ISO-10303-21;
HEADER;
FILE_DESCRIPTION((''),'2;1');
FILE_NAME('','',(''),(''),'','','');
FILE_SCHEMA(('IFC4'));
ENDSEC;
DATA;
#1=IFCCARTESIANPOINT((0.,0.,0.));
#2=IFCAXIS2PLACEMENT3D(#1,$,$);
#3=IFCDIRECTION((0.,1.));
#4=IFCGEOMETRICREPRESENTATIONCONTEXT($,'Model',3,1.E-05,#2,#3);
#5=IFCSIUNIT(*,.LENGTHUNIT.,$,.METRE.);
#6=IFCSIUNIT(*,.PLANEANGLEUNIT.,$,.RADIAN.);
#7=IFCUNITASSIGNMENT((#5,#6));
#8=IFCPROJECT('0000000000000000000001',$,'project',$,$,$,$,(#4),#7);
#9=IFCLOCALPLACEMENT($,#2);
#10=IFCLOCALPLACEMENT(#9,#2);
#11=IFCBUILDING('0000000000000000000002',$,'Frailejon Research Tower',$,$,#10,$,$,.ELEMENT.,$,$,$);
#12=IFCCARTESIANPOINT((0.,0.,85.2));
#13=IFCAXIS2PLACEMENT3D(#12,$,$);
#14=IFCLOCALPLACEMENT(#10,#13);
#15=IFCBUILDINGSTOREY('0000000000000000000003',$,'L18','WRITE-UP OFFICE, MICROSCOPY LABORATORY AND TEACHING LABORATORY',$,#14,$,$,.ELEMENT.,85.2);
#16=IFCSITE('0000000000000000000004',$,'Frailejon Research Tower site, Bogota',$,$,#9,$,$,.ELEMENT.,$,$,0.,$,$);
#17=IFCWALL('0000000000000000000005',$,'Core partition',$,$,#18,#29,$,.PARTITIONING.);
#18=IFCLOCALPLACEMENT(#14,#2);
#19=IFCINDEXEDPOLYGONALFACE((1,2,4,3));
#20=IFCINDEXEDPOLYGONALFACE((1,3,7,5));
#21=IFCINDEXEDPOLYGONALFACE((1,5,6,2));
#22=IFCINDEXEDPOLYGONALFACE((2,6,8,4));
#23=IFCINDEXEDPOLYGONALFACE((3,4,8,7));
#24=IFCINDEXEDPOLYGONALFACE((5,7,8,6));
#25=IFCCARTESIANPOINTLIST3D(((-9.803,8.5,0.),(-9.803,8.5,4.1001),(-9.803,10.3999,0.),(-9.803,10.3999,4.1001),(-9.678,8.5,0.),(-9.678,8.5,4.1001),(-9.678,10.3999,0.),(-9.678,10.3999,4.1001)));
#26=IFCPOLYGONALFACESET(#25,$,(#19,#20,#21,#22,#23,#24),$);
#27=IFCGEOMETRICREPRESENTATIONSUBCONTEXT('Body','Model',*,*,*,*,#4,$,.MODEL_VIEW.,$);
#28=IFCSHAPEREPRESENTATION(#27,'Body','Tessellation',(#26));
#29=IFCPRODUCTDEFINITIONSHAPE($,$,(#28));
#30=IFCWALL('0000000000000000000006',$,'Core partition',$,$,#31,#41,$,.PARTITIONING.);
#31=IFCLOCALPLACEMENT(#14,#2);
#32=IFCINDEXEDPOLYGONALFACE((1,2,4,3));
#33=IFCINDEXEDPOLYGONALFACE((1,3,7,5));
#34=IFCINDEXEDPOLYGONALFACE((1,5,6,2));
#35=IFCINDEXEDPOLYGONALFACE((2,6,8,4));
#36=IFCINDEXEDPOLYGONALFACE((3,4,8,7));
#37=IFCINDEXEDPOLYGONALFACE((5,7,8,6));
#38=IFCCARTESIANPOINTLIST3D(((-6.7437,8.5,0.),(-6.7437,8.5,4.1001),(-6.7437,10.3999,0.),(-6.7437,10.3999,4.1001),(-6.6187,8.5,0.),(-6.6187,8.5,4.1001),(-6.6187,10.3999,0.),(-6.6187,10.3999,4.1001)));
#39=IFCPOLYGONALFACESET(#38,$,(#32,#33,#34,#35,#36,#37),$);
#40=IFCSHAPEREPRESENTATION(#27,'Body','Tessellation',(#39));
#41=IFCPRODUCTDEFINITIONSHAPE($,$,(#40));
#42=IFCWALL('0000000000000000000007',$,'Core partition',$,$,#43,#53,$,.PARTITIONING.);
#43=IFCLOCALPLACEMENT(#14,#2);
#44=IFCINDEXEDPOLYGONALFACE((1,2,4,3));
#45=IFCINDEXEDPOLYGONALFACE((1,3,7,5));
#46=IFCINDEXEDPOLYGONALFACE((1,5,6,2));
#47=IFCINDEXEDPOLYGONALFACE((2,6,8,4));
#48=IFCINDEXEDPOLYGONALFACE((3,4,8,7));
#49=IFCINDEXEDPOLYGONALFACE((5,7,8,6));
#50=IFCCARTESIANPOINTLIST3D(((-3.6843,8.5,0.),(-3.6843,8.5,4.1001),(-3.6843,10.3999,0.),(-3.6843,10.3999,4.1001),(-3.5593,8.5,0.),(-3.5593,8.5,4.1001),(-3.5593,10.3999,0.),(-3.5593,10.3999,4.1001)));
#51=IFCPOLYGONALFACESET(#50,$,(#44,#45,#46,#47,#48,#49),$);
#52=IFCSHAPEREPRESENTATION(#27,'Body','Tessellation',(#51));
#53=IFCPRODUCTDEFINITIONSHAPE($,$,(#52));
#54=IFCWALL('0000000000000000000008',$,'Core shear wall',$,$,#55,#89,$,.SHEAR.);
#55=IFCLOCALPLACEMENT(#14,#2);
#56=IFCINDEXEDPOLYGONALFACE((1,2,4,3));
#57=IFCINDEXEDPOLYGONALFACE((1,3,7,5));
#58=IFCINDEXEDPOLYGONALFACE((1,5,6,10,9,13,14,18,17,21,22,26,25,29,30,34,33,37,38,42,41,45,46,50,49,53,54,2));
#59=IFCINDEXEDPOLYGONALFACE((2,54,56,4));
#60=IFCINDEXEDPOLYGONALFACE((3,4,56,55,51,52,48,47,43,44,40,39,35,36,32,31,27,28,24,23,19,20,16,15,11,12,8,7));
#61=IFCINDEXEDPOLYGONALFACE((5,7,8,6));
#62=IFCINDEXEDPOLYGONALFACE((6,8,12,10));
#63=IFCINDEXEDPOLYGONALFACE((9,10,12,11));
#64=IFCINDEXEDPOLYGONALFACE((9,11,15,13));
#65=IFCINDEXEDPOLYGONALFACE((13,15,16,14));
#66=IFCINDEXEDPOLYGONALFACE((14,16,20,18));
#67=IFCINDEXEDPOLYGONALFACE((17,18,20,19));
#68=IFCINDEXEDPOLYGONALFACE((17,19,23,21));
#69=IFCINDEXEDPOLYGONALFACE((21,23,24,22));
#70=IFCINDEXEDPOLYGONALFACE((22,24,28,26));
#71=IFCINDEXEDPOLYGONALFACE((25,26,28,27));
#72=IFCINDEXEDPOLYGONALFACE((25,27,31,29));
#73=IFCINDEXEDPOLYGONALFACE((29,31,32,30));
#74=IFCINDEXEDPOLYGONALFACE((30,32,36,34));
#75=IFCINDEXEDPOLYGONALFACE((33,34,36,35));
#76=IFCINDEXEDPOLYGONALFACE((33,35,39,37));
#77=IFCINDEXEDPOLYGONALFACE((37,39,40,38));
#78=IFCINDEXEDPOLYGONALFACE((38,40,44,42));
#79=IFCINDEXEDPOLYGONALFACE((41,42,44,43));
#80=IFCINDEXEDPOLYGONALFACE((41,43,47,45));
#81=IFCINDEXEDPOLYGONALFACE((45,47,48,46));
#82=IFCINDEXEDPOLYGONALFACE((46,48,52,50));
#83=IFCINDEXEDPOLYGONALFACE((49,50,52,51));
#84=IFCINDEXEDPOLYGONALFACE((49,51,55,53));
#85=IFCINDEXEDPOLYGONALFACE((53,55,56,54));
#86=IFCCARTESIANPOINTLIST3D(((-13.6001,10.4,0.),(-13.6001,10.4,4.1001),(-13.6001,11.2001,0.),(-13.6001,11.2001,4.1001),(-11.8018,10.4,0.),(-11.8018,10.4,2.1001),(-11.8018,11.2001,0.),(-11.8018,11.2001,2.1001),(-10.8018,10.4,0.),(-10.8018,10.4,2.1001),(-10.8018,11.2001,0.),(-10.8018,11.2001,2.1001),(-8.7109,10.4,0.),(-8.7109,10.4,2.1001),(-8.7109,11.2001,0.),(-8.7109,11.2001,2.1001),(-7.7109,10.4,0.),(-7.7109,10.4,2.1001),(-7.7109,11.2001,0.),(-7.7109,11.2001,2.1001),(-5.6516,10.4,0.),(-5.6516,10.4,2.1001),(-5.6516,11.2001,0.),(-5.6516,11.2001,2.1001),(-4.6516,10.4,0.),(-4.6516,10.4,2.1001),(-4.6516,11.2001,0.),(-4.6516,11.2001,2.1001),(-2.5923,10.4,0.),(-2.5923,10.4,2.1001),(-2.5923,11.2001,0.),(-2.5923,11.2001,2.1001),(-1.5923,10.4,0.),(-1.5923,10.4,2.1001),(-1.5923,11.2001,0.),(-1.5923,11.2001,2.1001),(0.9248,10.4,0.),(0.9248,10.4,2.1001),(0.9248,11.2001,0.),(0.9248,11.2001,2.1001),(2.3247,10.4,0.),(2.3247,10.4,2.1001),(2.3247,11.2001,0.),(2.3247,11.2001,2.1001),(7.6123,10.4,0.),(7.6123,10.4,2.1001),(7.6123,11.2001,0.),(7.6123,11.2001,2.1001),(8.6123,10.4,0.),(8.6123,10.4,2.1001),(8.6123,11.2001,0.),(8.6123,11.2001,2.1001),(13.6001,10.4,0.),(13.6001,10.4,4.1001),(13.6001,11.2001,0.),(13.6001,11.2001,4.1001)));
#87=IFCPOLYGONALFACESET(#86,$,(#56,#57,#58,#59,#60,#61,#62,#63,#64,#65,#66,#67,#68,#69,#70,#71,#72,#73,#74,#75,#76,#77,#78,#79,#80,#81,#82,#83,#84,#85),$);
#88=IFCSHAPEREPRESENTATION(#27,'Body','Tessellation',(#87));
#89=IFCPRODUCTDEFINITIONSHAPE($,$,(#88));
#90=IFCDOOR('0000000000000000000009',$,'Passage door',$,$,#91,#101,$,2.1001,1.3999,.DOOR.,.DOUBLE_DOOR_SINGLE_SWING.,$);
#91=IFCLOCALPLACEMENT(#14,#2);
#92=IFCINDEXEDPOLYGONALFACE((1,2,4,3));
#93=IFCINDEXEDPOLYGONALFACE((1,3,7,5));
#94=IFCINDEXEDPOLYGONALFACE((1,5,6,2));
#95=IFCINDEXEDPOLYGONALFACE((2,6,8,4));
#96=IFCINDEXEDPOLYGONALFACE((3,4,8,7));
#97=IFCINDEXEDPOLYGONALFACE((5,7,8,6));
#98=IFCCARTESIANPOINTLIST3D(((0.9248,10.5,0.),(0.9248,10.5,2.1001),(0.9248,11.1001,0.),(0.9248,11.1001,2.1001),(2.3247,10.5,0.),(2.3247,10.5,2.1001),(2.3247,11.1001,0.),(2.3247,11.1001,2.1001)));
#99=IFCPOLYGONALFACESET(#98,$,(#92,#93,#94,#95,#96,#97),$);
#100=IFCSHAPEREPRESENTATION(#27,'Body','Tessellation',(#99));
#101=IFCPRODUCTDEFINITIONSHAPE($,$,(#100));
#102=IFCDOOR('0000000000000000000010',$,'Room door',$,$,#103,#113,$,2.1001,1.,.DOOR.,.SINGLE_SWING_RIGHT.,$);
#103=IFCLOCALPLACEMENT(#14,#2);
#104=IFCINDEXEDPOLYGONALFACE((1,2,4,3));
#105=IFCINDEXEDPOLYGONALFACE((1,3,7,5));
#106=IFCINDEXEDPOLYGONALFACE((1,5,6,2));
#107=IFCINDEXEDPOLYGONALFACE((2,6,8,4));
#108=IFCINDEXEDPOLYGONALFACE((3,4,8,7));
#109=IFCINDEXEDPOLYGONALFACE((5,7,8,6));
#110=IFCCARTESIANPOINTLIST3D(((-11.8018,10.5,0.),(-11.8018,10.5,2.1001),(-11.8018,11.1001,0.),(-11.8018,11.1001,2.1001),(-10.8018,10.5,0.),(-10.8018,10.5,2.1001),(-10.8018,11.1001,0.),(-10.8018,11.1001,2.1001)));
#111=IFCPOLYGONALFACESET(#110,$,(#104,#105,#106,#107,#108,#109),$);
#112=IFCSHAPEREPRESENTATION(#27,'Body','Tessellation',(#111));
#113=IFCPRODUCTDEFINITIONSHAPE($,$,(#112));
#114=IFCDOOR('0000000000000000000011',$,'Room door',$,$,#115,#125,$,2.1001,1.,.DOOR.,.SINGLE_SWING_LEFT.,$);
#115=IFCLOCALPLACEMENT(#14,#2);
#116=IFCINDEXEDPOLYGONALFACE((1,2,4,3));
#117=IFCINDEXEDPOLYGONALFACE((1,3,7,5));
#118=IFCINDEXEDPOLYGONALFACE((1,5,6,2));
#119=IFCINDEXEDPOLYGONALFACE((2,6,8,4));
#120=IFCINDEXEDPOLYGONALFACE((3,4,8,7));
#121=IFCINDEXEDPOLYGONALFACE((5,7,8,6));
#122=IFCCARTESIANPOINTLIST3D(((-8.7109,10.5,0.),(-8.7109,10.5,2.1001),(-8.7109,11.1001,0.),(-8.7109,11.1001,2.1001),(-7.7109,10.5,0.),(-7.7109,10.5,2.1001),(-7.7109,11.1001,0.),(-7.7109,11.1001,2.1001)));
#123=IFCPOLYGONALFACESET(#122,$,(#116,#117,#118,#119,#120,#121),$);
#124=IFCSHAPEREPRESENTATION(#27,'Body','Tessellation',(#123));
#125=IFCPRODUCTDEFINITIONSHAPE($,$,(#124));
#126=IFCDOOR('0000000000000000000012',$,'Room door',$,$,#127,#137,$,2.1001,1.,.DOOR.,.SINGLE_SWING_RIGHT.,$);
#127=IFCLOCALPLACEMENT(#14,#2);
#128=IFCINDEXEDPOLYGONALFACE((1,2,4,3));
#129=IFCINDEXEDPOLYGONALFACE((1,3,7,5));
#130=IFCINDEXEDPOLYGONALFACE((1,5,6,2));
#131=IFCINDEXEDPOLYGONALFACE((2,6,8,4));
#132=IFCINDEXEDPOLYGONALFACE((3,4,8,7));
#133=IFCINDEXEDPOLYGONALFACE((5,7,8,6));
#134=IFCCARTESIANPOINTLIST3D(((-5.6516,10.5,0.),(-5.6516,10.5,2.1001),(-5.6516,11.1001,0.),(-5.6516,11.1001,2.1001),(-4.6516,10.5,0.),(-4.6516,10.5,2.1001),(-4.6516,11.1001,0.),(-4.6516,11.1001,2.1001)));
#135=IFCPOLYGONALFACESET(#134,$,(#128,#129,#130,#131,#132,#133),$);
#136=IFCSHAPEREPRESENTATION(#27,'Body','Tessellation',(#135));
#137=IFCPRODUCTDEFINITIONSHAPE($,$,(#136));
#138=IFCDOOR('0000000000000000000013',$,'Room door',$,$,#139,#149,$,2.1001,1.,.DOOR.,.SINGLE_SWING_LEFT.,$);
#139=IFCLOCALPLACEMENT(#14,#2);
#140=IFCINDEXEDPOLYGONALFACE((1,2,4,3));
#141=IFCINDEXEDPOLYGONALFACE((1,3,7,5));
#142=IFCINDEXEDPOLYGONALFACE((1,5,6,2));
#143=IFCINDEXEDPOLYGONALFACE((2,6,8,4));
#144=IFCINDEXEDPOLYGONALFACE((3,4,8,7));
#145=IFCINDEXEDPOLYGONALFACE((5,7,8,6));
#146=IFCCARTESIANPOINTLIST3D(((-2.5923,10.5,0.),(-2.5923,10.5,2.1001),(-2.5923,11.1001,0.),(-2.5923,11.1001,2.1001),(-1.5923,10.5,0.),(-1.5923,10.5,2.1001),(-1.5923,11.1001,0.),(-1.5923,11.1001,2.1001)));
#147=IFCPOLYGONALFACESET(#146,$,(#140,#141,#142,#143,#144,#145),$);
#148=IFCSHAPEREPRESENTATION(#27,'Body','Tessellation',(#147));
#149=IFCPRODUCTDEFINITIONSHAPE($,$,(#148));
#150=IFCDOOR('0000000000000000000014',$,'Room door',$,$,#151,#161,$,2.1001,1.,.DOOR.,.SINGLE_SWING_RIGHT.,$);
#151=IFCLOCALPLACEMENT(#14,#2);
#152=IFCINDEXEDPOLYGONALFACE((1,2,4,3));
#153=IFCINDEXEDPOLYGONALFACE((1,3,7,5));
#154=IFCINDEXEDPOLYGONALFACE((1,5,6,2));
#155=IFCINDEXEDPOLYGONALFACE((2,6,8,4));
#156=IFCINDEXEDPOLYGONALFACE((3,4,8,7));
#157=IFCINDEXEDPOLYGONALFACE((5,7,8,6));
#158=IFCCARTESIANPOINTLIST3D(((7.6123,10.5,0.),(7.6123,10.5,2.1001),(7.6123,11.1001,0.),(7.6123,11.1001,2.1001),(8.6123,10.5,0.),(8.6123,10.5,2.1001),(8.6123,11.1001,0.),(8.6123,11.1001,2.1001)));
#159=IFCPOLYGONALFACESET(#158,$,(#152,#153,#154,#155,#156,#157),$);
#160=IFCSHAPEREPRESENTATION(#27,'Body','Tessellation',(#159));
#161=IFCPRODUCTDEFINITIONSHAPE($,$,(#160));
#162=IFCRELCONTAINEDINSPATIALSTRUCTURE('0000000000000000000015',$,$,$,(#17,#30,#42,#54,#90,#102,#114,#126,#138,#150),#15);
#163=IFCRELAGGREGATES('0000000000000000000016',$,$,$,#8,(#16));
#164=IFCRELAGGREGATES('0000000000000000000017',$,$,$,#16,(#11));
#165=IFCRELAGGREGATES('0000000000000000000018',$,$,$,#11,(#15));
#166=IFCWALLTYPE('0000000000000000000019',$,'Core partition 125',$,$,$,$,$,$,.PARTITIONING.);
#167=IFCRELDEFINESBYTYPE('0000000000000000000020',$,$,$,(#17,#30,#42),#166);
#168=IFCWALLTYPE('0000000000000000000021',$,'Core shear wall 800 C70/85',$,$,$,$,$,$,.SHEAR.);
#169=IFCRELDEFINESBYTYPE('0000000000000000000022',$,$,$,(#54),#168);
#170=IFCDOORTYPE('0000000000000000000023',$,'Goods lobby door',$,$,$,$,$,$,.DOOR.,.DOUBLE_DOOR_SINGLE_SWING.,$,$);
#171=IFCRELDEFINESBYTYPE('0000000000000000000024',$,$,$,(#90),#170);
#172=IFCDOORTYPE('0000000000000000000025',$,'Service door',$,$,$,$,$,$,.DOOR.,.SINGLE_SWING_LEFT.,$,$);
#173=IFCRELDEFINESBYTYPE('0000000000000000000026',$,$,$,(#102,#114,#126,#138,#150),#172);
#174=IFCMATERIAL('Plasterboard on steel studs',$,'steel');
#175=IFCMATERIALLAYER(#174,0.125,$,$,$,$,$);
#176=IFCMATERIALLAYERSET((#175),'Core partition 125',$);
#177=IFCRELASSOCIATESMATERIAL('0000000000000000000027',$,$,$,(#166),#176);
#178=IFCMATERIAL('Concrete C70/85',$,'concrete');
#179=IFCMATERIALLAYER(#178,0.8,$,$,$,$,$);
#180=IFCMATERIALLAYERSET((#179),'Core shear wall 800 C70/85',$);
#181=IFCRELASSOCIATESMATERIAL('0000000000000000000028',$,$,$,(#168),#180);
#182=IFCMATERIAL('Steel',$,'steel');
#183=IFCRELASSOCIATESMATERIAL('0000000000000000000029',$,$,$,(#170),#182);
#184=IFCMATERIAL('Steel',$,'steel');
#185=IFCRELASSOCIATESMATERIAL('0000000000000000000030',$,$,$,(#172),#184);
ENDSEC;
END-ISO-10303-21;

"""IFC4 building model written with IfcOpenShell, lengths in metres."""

from ifc_helpers import new_model, si_unit, direction, frame, frame_2d, origin, place, context, subcontext, project, spatial, rectangle, extrude, material, layer, layer_set, type_object, element, fill, save


model = new_model("IFC4")

# Units and contexts
model_context = context("Model", 3, precision=1e-05, world=origin(), true_north=direction((0.0, 1.0)))
body_context = subcontext(model_context, "Body", "Model", "MODEL_VIEW")
ifc_project = project(units=[si_unit("LENGTHUNIT", "METRE"), si_unit("PLANEANGLEUNIT", "RADIAN")], contexts=[model_context])

# Site, building, storey
site_placement = place(None, origin())
site = spatial("IfcSite", under=ifc_project, at=site_placement, Name="Frailejon Research Tower site, Bogota", CompositionType="ELEMENT", RefElevation=0.0)
building_placement = place(site_placement, origin())
building = spatial("IfcBuilding", under=site, at=building_placement, Name="Frailejon Research Tower", CompositionType="ELEMENT")
storey_placement = place(building_placement, frame((0.0, 0.0, 85.2)))
storey = spatial("IfcBuildingStorey", under=building, at=storey_placement, Name="L18", Description="WRITE-UP OFFICE, MICROSCOPY LABORATORY AND TEACHING LABORATORY", CompositionType="ELEMENT", Elevation=85.2)

# Walls
ifc_material_1 = material(Name="Plasterboard on steel studs", Category="steel")
ifc_layer_1 = layer(ifc_material_1, 0.125)
ifc_layer_set_1 = layer_set([ifc_layer_1], Name="Core partition 125")
wall_type_1 = type_object("IfcWallType", Name="Core partition 125", PredefinedType="PARTITIONING", material=ifc_layer_set_1)
for number, where, z_axis, x_axis, name in (
    (1, (-9.7405, 8.5, 0.0), (0.0, 0.0, 1.0), (0.0, 1.0, 0.0), "Core partition"),
    (2, (-6.6812, 8.5, 0.0), (0.0, 0.0, 1.0), (0.0, 1.0, 0.0), "Core partition"),
    (3, (-3.6218, 8.5, 0.0), (0.0, 0.0, 1.0), (0.0, 1.0, 0.0), "Core partition"),
):
    element("IfcWall", number, at=place(storey_placement, frame(where, z_axis=z_axis, x_axis=x_axis)), inside=storey, type_object=wall_type_1, Name=name, PredefinedType="PARTITIONING", context=body_context, shape_type="SweptSolid", body=[
        extrude(rectangle(XDim=1.8999, YDim=0.125, at=frame_2d((0.95, 0.0))), origin(), (0.0, 0.0, 1.0), 4.1001),
    ])

# Wall, openings, doors
ifc_material_2 = material(Name="Concrete C70/85", Category="concrete")
ifc_layer_2 = layer(ifc_material_2, 0.8)
ifc_layer_set_2 = layer_set([ifc_layer_2], Name="Core shear wall 800 C70/85")
wall_type_2 = type_object("IfcWallType", Name="Core shear wall 800 C70/85", PredefinedType="SHEAR", material=ifc_layer_set_2)
wall_1_placement = place(storey_placement, frame((-13.6001, 10.8, 0.0), z_axis=(0.0, 0.0, 1.0), x_axis=(1.0, 0.0, 0.0)))
wall_1 = element("IfcWall", 4, at=wall_1_placement, inside=storey, type_object=wall_type_2, Name="Core shear wall", PredefinedType="SHEAR", context=body_context, shape_type="SweptSolid", body=[
    extrude(rectangle(XDim=27.2002, YDim=0.8, at=frame_2d((13.6001, 0.0))), origin(), (0.0, 0.0, 1.0), 4.1001),
])
opening_1_placement = place(wall_1_placement, frame((1.7983, 0.0, 0.0)))
opening_1 = element("IfcOpeningElement", 5, at=opening_1_placement, cuts=wall_1, PredefinedType="OPENING", context=body_context, shape_type="SweptSolid", body=[
    extrude(rectangle(XDim=1.0, YDim=2.1001, at=frame_2d((0.5, 1.05))), frame((0.0, 0.4099, 0.0), z_axis=(0.0, -1.0, 0.0), x_axis=(1.0, 0.0, 0.0)), (0.0, 0.0, 1.0), 0.8201),
])
opening_2_placement = place(wall_1_placement, frame((4.8892, 0.0, 0.0)))
opening_2 = element("IfcOpeningElement", 6, at=opening_2_placement, cuts=wall_1, PredefinedType="OPENING", context=body_context, shape_type="SweptSolid", body=[
    extrude(rectangle(XDim=1.0, YDim=2.1001, at=frame_2d((0.5, 1.05))), frame((0.0, 0.4099, 0.0), z_axis=(0.0, -1.0, 0.0), x_axis=(1.0, 0.0, 0.0)), (0.0, 0.0, 1.0), 0.8201),
])
opening_3_placement = place(wall_1_placement, frame((7.9485, 0.0, 0.0)))
opening_3 = element("IfcOpeningElement", 7, at=opening_3_placement, cuts=wall_1, PredefinedType="OPENING", context=body_context, shape_type="SweptSolid", body=[
    extrude(rectangle(XDim=1.0, YDim=2.1001, at=frame_2d((0.5, 1.05))), frame((0.0, 0.4099, 0.0), z_axis=(0.0, -1.0, 0.0), x_axis=(1.0, 0.0, 0.0)), (0.0, 0.0, 1.0), 0.8201),
])
opening_4_placement = place(wall_1_placement, frame((11.0078, 0.0, 0.0)))
opening_4 = element("IfcOpeningElement", 8, at=opening_4_placement, cuts=wall_1, PredefinedType="OPENING", context=body_context, shape_type="SweptSolid", body=[
    extrude(rectangle(XDim=1.0, YDim=2.1001, at=frame_2d((0.5, 1.05))), frame((0.0, 0.4099, 0.0), z_axis=(0.0, -1.0, 0.0), x_axis=(1.0, 0.0, 0.0)), (0.0, 0.0, 1.0), 0.8201),
])
opening_5_placement = place(wall_1_placement, frame((21.2124, 0.0, 0.0)))
opening_5 = element("IfcOpeningElement", 9, at=opening_5_placement, cuts=wall_1, PredefinedType="OPENING", context=body_context, shape_type="SweptSolid", body=[
    extrude(rectangle(XDim=1.0, YDim=2.1001, at=frame_2d((0.5, 1.05))), frame((0.0, 0.4099, 0.0), z_axis=(0.0, -1.0, 0.0), x_axis=(1.0, 0.0, 0.0)), (0.0, 0.0, 1.0), 0.8201),
])
opening_6_placement = place(wall_1_placement, frame((14.5249, 0.0, 0.0)))
opening_6 = element("IfcOpeningElement", 10, at=opening_6_placement, cuts=wall_1, PredefinedType="OPENING", context=body_context, shape_type="SweptSolid", body=[
    extrude(rectangle(XDim=1.3999, YDim=2.1001, at=frame_2d((0.7, 1.05))), frame((0.0, 0.4099, 0.0), z_axis=(0.0, -1.0, 0.0), x_axis=(1.0, 0.0, 0.0)), (0.0, 0.0, 1.0), 0.8201),
])
ifc_material_3 = material(Name="Steel", Category="steel")
door_type_1 = type_object("IfcDoorType", Name="Goods lobby door", OperationType="DOUBLE_DOOR_SINGLE_SWING", PredefinedType="DOOR", material=ifc_material_3)
door_1_placement = place(opening_6_placement, origin())
door_1 = element("IfcDoor", 11, at=door_1_placement, inside=storey, type_object=door_type_1, Name="Passage door", OperationType="DOUBLE_DOOR_SINGLE_SWING", OverallHeight=2.1001, OverallWidth=1.3999, PredefinedType="DOOR", context=body_context, shape_type="SweptSolid", body=[
    extrude(rectangle(XDim=1.3999, YDim=2.1001, at=frame_2d((0.7, 1.05))), frame((0.0, 0.3, 0.0), z_axis=(0.0, -1.0, 0.0), x_axis=(1.0, 0.0, 0.0)), (0.0, 0.0, 1.0), 0.6001),
])
fill(opening_6, door_1)
ifc_material_4 = material(Name="Steel", Category="steel")
door_type_2 = type_object("IfcDoorType", Name="Service door", OperationType="SINGLE_SWING_LEFT", PredefinedType="DOOR", material=ifc_material_4)
door_2_placement = place(opening_1_placement, origin())
door_2 = element("IfcDoor", 12, at=door_2_placement, inside=storey, type_object=door_type_2, Name="Room door", OperationType="SINGLE_SWING_RIGHT", OverallHeight=2.1001, OverallWidth=1.0, PredefinedType="DOOR", context=body_context, shape_type="SweptSolid", body=[
    extrude(rectangle(XDim=1.0, YDim=2.1001, at=frame_2d((0.5, 1.05))), frame((0.0, 0.3, 0.0), z_axis=(0.0, -1.0, 0.0), x_axis=(1.0, 0.0, 0.0)), (0.0, 0.0, 1.0), 0.6001),
])
fill(opening_1, door_2)
door_3_placement = place(opening_2_placement, origin())
door_3 = element("IfcDoor", 13, at=door_3_placement, inside=storey, type_object=door_type_2, Name="Room door", OperationType="SINGLE_SWING_LEFT", OverallHeight=2.1001, OverallWidth=1.0, PredefinedType="DOOR", context=body_context, shape_type="SweptSolid", body=[
    extrude(rectangle(XDim=1.0, YDim=2.1001, at=frame_2d((0.5, 1.05))), frame((0.0, 0.3, 0.0), z_axis=(0.0, -1.0, 0.0), x_axis=(1.0, 0.0, 0.0)), (0.0, 0.0, 1.0), 0.6001),
])
fill(opening_2, door_3)
door_4_placement = place(opening_3_placement, origin())
door_4 = element("IfcDoor", 14, at=door_4_placement, inside=storey, type_object=door_type_2, Name="Room door", OperationType="SINGLE_SWING_RIGHT", OverallHeight=2.1001, OverallWidth=1.0, PredefinedType="DOOR", context=body_context, shape_type="SweptSolid", body=[
    extrude(rectangle(XDim=1.0, YDim=2.1001, at=frame_2d((0.5, 1.05))), frame((0.0, 0.3, 0.0), z_axis=(0.0, -1.0, 0.0), x_axis=(1.0, 0.0, 0.0)), (0.0, 0.0, 1.0), 0.6001),
])
fill(opening_3, door_4)
door_5_placement = place(opening_4_placement, origin())
door_5 = element("IfcDoor", 15, at=door_5_placement, inside=storey, type_object=door_type_2, Name="Room door", OperationType="SINGLE_SWING_LEFT", OverallHeight=2.1001, OverallWidth=1.0, PredefinedType="DOOR", context=body_context, shape_type="SweptSolid", body=[
    extrude(rectangle(XDim=1.0, YDim=2.1001, at=frame_2d((0.5, 1.05))), frame((0.0, 0.3, 0.0), z_axis=(0.0, -1.0, 0.0), x_axis=(1.0, 0.0, 0.0)), (0.0, 0.0, 1.0), 0.6001),
])
fill(opening_4, door_5)
door_6_placement = place(opening_5_placement, origin())
door_6 = element("IfcDoor", 16, at=door_6_placement, inside=storey, type_object=door_type_2, Name="Room door", OperationType="SINGLE_SWING_RIGHT", OverallHeight=2.1001, OverallWidth=1.0, PredefinedType="DOOR", context=body_context, shape_type="SweptSolid", body=[
    extrude(rectangle(XDim=1.0, YDim=2.1001, at=frame_2d((0.5, 1.05))), frame((0.0, 0.3, 0.0), z_axis=(0.0, -1.0, 0.0), x_axis=(1.0, 0.0, 0.0)), (0.0, 0.0, 1.0), 0.6001),
])
fill(opening_5, door_6)

save(model, "model.ifc")
